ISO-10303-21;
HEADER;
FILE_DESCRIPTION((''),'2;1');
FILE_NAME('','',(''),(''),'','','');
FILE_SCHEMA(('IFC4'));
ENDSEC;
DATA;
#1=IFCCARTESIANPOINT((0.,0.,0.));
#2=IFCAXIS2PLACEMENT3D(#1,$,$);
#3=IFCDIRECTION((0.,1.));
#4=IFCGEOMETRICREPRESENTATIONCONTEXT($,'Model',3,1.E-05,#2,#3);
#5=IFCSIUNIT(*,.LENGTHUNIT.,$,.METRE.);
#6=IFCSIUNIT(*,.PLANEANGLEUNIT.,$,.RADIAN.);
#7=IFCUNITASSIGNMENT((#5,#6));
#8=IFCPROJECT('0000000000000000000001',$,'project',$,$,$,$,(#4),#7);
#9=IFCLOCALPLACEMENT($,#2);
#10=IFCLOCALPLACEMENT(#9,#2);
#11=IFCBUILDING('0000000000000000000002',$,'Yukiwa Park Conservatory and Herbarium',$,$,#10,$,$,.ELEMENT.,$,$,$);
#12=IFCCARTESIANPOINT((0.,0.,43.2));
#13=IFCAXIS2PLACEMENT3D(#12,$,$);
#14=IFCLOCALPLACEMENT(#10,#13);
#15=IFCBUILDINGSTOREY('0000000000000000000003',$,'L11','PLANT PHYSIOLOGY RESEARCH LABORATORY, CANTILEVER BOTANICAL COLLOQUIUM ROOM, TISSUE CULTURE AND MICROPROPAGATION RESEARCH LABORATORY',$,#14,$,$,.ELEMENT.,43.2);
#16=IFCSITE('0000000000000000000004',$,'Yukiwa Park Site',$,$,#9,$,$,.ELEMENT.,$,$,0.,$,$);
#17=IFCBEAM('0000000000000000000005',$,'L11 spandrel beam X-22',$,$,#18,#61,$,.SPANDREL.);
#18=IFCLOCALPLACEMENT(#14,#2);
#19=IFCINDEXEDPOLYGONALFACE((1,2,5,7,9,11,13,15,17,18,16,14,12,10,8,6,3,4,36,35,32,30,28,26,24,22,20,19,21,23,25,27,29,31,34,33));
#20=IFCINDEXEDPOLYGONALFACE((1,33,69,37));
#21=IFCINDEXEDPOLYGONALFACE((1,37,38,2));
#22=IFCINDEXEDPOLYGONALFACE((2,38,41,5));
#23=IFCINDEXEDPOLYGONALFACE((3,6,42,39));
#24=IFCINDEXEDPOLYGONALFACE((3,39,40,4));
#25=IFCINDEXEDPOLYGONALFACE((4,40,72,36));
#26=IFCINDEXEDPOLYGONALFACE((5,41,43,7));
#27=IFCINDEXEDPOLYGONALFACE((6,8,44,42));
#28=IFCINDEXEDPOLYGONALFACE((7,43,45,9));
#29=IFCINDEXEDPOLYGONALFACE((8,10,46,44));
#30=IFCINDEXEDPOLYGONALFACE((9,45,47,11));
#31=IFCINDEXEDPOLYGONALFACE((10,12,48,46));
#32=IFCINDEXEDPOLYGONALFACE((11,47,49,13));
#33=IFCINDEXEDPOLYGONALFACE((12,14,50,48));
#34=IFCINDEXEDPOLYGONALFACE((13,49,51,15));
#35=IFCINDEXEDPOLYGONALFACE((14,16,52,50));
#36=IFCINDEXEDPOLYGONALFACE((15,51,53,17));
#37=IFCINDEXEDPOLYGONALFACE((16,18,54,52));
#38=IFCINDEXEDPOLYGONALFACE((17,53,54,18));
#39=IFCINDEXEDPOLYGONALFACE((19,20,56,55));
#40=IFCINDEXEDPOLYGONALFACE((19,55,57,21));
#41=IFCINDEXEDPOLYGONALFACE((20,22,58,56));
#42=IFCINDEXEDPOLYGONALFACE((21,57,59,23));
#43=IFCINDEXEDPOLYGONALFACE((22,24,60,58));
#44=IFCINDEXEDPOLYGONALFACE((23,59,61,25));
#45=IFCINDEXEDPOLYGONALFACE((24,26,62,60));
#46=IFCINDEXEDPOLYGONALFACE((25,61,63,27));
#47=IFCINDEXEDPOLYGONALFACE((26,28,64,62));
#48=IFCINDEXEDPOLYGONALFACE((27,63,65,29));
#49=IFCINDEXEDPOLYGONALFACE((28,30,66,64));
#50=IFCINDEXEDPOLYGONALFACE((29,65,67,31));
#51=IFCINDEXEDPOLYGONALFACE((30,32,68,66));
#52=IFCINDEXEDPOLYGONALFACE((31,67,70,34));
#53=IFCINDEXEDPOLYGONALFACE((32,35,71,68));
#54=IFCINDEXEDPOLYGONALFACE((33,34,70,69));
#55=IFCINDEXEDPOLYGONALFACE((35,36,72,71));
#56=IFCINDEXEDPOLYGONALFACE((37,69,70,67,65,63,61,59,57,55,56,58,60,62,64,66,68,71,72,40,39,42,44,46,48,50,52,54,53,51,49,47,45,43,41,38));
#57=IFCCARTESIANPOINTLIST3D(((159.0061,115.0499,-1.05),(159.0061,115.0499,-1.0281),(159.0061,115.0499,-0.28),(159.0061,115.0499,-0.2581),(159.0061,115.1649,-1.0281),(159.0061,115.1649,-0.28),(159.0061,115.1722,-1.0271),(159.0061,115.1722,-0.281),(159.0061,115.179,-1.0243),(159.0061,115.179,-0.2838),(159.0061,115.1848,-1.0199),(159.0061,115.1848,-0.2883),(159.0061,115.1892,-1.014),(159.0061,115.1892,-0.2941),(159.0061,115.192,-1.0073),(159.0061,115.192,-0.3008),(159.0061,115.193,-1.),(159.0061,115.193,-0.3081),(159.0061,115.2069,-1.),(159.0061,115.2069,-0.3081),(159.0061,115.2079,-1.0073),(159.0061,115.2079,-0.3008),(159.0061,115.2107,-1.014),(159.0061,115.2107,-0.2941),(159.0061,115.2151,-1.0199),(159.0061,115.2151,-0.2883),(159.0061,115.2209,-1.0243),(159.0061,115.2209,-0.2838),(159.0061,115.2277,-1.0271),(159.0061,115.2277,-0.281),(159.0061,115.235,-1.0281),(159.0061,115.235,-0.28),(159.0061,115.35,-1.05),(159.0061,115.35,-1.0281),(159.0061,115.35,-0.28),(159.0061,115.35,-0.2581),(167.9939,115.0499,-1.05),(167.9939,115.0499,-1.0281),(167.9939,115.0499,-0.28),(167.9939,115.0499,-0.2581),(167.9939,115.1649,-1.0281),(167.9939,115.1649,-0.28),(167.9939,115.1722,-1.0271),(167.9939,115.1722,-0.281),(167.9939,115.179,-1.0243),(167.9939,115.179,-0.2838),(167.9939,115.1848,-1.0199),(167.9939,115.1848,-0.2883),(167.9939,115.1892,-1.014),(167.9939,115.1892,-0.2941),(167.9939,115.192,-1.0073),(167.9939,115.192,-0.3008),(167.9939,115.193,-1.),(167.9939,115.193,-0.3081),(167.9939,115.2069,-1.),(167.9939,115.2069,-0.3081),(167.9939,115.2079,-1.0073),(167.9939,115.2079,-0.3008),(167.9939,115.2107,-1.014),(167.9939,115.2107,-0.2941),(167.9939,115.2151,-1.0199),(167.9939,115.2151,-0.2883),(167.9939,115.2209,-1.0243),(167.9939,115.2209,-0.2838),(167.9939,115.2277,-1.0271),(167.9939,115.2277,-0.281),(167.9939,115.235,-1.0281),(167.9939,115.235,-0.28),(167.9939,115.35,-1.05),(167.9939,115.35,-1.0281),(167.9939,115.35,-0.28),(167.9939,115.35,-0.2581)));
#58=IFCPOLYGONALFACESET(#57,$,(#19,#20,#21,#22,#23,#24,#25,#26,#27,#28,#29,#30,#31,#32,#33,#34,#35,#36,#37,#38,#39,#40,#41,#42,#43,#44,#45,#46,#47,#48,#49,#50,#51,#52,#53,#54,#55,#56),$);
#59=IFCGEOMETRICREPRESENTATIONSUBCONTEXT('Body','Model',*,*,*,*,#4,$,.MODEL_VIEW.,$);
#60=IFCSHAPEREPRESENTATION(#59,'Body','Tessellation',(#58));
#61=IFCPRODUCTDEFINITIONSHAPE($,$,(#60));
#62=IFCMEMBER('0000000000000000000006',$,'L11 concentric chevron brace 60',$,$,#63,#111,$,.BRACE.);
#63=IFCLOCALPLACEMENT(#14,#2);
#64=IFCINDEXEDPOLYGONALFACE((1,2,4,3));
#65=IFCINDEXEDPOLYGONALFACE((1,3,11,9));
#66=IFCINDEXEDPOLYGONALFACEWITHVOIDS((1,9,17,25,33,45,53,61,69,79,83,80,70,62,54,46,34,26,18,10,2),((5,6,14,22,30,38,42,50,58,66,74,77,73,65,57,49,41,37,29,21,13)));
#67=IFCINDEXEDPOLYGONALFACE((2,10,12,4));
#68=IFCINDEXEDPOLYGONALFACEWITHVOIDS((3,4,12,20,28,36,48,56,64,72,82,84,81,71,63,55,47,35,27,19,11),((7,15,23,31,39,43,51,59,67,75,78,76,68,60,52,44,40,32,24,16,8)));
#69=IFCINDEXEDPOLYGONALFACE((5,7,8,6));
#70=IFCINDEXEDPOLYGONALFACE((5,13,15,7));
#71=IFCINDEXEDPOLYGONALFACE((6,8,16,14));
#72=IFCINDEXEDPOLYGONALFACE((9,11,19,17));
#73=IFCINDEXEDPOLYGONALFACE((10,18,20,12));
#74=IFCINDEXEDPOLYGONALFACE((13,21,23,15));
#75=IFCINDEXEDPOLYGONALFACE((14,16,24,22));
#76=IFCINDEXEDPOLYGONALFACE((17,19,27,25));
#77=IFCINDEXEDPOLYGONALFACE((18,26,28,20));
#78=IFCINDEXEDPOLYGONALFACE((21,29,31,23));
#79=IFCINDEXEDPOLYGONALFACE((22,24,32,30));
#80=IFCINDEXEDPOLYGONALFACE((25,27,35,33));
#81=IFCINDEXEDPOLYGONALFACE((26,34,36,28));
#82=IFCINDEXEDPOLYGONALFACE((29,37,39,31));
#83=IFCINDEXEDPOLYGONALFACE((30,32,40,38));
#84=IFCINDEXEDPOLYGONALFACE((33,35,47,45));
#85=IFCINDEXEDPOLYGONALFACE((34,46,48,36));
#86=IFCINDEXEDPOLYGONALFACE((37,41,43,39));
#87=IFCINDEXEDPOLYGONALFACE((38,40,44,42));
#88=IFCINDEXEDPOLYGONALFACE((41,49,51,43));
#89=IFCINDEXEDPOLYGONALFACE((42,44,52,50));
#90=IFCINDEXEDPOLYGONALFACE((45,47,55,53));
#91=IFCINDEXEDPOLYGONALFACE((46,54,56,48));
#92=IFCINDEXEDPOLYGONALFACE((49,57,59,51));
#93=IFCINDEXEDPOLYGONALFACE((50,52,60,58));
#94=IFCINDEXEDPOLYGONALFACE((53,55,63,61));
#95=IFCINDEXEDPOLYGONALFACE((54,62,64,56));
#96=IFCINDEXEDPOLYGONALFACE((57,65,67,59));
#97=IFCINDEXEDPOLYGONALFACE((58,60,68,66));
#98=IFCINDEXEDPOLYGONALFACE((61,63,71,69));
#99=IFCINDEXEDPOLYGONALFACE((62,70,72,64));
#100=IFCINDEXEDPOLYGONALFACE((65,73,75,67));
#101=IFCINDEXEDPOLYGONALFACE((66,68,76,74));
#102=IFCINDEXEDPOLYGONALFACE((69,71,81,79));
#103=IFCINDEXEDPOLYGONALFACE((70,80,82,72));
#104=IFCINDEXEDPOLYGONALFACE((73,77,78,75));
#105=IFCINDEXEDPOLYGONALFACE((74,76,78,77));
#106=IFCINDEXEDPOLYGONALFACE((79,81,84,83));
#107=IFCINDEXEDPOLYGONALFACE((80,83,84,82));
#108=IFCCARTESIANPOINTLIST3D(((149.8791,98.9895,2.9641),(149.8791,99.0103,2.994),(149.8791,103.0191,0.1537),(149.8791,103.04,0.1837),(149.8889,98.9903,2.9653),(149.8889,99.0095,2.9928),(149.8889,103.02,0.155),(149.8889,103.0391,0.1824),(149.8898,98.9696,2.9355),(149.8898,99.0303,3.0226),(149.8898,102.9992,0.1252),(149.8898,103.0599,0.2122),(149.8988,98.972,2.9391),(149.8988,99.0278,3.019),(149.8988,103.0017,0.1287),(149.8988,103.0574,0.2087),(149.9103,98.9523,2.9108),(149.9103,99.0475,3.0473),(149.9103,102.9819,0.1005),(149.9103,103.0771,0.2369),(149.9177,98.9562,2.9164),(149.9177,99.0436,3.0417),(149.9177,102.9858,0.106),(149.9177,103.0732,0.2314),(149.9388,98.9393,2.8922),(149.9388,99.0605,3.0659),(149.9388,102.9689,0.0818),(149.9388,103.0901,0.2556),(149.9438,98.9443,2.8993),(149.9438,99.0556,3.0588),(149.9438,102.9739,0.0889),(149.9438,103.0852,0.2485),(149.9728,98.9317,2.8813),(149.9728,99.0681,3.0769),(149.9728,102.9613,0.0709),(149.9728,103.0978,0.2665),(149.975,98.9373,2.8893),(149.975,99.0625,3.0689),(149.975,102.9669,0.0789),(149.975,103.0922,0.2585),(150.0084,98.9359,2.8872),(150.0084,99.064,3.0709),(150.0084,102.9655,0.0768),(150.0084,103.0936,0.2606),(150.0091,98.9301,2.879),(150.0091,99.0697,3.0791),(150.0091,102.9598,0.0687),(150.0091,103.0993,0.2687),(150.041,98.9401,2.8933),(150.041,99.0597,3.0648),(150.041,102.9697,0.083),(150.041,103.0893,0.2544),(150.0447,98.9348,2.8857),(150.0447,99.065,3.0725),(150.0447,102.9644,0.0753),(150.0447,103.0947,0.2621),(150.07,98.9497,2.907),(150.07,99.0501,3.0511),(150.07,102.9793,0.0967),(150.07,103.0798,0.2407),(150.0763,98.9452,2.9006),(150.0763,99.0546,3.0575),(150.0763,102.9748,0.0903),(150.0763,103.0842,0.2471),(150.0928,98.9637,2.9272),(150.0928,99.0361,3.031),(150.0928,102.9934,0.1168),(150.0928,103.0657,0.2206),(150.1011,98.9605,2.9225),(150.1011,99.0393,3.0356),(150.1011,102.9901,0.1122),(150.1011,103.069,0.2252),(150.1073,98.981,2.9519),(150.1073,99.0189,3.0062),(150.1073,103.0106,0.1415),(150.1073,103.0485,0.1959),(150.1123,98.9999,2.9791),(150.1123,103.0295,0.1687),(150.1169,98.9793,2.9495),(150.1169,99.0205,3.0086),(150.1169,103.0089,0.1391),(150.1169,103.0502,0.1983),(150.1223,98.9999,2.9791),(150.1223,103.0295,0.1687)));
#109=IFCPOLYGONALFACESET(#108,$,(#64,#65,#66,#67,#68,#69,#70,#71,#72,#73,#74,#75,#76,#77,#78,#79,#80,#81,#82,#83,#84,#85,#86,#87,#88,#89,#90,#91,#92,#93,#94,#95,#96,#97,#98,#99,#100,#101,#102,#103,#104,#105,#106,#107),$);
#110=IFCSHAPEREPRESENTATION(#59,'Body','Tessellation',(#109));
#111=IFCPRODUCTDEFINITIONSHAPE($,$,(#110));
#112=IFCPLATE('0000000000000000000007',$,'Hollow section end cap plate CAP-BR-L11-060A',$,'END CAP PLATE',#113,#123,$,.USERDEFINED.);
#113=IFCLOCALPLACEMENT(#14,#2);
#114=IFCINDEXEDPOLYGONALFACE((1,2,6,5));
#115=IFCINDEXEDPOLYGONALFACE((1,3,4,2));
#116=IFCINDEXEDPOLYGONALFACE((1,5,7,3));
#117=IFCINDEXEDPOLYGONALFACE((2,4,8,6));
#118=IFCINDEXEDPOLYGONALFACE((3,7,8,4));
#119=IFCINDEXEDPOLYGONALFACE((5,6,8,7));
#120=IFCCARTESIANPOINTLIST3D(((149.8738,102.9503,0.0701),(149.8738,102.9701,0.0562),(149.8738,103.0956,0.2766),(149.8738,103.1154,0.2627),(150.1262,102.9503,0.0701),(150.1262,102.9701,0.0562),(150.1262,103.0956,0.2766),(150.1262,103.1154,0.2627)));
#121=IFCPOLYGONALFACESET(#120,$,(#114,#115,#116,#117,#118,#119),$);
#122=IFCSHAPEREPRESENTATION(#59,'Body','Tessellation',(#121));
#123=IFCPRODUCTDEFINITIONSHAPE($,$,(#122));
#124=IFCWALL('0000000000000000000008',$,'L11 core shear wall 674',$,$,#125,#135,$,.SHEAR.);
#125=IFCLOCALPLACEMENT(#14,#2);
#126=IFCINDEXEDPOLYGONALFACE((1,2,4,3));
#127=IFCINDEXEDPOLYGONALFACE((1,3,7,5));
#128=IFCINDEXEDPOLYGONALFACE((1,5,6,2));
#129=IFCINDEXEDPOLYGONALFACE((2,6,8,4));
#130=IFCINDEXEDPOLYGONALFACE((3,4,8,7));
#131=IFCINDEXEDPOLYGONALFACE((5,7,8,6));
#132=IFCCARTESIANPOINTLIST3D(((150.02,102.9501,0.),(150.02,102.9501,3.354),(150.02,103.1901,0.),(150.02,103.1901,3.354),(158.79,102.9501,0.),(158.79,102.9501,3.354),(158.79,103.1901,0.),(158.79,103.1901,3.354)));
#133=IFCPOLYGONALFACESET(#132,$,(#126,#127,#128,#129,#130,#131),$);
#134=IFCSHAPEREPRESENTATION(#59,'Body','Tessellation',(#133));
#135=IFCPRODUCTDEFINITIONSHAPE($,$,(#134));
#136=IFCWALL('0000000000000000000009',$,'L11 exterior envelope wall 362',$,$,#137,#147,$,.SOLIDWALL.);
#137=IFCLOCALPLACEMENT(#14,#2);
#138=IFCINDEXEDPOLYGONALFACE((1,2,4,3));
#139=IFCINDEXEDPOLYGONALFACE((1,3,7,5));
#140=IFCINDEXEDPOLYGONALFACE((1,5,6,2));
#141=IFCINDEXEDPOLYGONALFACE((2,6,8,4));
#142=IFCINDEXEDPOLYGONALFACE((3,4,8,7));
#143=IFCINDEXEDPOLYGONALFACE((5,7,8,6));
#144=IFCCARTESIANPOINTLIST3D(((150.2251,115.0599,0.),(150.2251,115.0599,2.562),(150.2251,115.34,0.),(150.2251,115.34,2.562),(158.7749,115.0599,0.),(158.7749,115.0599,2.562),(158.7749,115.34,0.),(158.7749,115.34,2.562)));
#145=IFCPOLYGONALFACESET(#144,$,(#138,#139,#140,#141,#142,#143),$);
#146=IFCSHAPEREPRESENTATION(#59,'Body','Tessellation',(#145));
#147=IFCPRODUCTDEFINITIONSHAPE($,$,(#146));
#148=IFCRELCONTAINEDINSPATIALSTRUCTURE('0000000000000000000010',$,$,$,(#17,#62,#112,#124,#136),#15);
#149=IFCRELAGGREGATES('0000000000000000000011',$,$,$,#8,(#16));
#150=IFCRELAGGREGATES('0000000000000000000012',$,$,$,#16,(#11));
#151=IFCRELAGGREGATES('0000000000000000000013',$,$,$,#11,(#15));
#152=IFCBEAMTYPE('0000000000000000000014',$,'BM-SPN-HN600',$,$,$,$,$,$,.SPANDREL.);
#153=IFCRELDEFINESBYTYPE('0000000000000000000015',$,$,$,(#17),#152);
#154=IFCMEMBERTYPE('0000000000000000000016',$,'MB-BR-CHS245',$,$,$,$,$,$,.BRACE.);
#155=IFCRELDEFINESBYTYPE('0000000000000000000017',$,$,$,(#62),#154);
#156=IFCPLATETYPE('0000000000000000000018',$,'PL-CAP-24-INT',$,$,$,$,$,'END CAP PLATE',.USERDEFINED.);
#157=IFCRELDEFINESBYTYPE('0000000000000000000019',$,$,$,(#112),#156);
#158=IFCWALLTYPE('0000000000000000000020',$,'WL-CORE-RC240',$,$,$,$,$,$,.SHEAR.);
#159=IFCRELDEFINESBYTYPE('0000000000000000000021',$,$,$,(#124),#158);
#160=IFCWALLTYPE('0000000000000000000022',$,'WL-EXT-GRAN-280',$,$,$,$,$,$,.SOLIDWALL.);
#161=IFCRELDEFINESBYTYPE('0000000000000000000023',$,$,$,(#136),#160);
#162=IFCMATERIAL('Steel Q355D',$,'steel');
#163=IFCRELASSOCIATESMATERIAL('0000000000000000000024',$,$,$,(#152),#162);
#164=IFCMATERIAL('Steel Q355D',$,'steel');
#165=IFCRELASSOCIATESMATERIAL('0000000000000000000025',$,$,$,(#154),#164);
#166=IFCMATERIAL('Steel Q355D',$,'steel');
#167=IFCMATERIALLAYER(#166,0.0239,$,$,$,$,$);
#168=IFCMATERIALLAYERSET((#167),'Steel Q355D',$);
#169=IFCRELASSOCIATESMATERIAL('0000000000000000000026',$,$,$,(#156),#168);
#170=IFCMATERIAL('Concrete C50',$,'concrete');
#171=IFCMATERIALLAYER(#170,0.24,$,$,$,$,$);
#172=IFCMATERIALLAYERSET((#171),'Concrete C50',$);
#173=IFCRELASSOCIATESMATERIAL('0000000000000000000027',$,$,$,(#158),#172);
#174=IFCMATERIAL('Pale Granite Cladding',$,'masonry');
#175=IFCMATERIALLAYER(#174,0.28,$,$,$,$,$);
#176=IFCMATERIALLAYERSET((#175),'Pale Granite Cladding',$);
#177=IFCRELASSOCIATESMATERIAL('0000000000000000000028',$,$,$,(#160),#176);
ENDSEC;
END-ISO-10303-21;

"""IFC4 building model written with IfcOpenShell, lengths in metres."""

from ifc_helpers import new_model, si_unit, direction, frame, frame_2d, origin, origin_2d, place, context, subcontext, project, spatial, rectangle, hollow_circle, i_section, extrude, material, layer, layer_set, material_profile, profile_set, type_object, element, save


model = new_model("IFC4")

# Units and contexts
model_context = context("Model", 3, precision=1e-05, world=origin(), true_north=direction((0.0, 1.0)))
body_context = subcontext(model_context, "Body", "Model", "MODEL_VIEW")
ifc_project = project(units=[si_unit("LENGTHUNIT", "METRE"), si_unit("PLANEANGLEUNIT", "RADIAN")], contexts=[model_context])

# Site, building, storey
site_placement = place(None, origin())
site = spatial("IfcSite", under=ifc_project, at=site_placement, Name="Yukiwa Park Site", CompositionType="ELEMENT", RefElevation=0.0)
building_placement = place(site_placement, origin())
building = spatial("IfcBuilding", under=site, at=building_placement, Name="Yukiwa Park Conservatory and Herbarium", CompositionType="ELEMENT")
storey_placement = place(building_placement, frame((0.0, 0.0, 43.2)))
storey = spatial("IfcBuildingStorey", under=building, at=storey_placement, Name="L11", Description="PLANT PHYSIOLOGY RESEARCH LABORATORY, CANTILEVER BOTANICAL COLLOQUIUM ROOM, TISSUE CULTURE AND MICROPROPAGATION RESEARCH LABORATORY", CompositionType="ELEMENT", Elevation=43.2)

# Beam
ifc_material_1 = material(Name="Steel Q355D", Category="steel")
ifc_material_profile_1 = material_profile(ifc_material_1, i_section(OverallWidth=0.3, OverallDepth=0.792, WebThickness=0.0139, FlangeThickness=0.022, FilletRadius=0.0281, at=origin_2d()), Name="HN 792x300x14x22")
ifc_profile_set_1 = profile_set([ifc_material_profile_1], Name="Steel Q355D")
beam_type_1 = type_object("IfcBeamType", Name="BM-SPN-HN600", PredefinedType="SPANDREL", material=ifc_profile_set_1)
for number, where, z_axis, x_axis, name in (
    (1, (159.0061, 115.2, -0.6541), (1.0, 0.0, 0.0), (0.0, 1.0, 0.0), "L11 spandrel beam X-22"),
):
    element("IfcBeam", number, at=place(storey_placement, frame(where, z_axis=z_axis, x_axis=x_axis)), inside=storey, type_object=beam_type_1, Name=name, PredefinedType="SPANDREL", context=body_context, shape_type="SweptSolid", body=[
        extrude(i_section(OverallWidth=0.3, OverallDepth=0.792, WebThickness=0.0139, FlangeThickness=0.022, FilletRadius=0.0281, at=origin_2d()), origin(), (0.0, 0.0, 1.0), 8.9878),
    ])

# Member
ifc_material_2 = material(Name="Steel Q355D", Category="steel")
ifc_material_profile_2 = material_profile(ifc_material_2, hollow_circle(Radius=0.1223, WallThickness=0.01, at=origin_2d()), Name="CHS 244.5x10")
ifc_profile_set_2 = profile_set([ifc_material_profile_2], Name="Steel Q355D")
member_type = type_object("IfcMemberType", Name="MB-BR-CHS245", PredefinedType="BRACE", material=ifc_profile_set_2)
member_placement = place(storey_placement, frame((150.0, 103.0295, 0.1687), z_axis=(0.0, -0.820223, 0.572044), x_axis=(1.0, 0.0, 0.0)))
element("IfcMember", 2, at=member_placement, inside=storey, type_object=member_type, Name="L11 concentric chevron brace 60", PredefinedType="BRACE", context=body_context, shape_type="SweptSolid", body=[
    extrude(hollow_circle(Radius=0.1223, WallThickness=0.01, at=origin_2d()), origin(), (0.0, 0.0, 1.0), 4.9128),
])

# Plate
ifc_material_3 = material(Name="Steel Q355D", Category="steel")
ifc_layer_1 = layer(ifc_material_3, 0.0239)
ifc_layer_set_1 = layer_set([ifc_layer_1], Name="Steel Q355D")
plate_type = type_object("IfcPlateType", Name="PL-CAP-24-INT", ElementType="END CAP PLATE", PredefinedType="USERDEFINED", material=ifc_layer_set_1)
plate_placement = place(storey_placement, frame((150.0, 103.0229, 0.1733), z_axis=(0.0, 0.817806, -0.575493), x_axis=(-1.0, 0.0, 0.0)))
element("IfcPlate", 3, at=plate_placement, inside=storey, type_object=plate_type, Name="Hollow section end cap plate CAP-BR-L11-060A", ObjectType="END CAP PLATE", PredefinedType="USERDEFINED", context=body_context, shape_type="SweptSolid", body=[
    extrude(rectangle(XDim=0.2524, YDim=0.2524, at=origin_2d()), origin(), (0.0, 0.0, 1.0), 0.0242),
])

# Walls
ifc_material_4 = material(Name="Concrete C50", Category="concrete")
ifc_layer_2 = layer(ifc_material_4, 0.24)
ifc_layer_set_2 = layer_set([ifc_layer_2], Name="Concrete C50")
wall_type_1 = type_object("IfcWallType", Name="WL-CORE-RC240", PredefinedType="SHEAR", material=ifc_layer_set_2)
wall_1_placement = place(storey_placement, frame((150.02, 103.0701, 0.0), z_axis=(0.0, 0.0, 1.0), x_axis=(1.0, 0.0, 0.0)))
element("IfcWall", 4, at=wall_1_placement, inside=storey, type_object=wall_type_1, Name="L11 core shear wall 674", PredefinedType="SHEAR", context=body_context, shape_type="SweptSolid", body=[
    extrude(rectangle(XDim=8.77, YDim=0.24, at=frame_2d((4.385, 0.0))), origin(), (0.0, 0.0, 1.0), 3.354),
])
ifc_material_5 = material(Name="Pale Granite Cladding", Category="masonry")
ifc_layer_3 = layer(ifc_material_5, 0.28)
ifc_layer_set_3 = layer_set([ifc_layer_3], Name="Pale Granite Cladding")
wall_type_2 = type_object("IfcWallType", Name="WL-EXT-GRAN-280", PredefinedType="SOLIDWALL", material=ifc_layer_set_3)
wall_2_placement = place(storey_placement, frame((158.7749, 115.2, 0.0), z_axis=(0.0, 0.0, 1.0), x_axis=(-1.0, 0.0, 0.0)))
element("IfcWall", 5, at=wall_2_placement, inside=storey, type_object=wall_type_2, Name="L11 exterior envelope wall 362", PredefinedType="SOLIDWALL", context=body_context, shape_type="SweptSolid", body=[
    extrude(rectangle(XDim=8.5498, YDim=0.28, at=frame_2d((4.2749, 0.0))), origin(), (0.0, 0.0, 1.0), 2.562),
])

save(model, "model.ifc")
